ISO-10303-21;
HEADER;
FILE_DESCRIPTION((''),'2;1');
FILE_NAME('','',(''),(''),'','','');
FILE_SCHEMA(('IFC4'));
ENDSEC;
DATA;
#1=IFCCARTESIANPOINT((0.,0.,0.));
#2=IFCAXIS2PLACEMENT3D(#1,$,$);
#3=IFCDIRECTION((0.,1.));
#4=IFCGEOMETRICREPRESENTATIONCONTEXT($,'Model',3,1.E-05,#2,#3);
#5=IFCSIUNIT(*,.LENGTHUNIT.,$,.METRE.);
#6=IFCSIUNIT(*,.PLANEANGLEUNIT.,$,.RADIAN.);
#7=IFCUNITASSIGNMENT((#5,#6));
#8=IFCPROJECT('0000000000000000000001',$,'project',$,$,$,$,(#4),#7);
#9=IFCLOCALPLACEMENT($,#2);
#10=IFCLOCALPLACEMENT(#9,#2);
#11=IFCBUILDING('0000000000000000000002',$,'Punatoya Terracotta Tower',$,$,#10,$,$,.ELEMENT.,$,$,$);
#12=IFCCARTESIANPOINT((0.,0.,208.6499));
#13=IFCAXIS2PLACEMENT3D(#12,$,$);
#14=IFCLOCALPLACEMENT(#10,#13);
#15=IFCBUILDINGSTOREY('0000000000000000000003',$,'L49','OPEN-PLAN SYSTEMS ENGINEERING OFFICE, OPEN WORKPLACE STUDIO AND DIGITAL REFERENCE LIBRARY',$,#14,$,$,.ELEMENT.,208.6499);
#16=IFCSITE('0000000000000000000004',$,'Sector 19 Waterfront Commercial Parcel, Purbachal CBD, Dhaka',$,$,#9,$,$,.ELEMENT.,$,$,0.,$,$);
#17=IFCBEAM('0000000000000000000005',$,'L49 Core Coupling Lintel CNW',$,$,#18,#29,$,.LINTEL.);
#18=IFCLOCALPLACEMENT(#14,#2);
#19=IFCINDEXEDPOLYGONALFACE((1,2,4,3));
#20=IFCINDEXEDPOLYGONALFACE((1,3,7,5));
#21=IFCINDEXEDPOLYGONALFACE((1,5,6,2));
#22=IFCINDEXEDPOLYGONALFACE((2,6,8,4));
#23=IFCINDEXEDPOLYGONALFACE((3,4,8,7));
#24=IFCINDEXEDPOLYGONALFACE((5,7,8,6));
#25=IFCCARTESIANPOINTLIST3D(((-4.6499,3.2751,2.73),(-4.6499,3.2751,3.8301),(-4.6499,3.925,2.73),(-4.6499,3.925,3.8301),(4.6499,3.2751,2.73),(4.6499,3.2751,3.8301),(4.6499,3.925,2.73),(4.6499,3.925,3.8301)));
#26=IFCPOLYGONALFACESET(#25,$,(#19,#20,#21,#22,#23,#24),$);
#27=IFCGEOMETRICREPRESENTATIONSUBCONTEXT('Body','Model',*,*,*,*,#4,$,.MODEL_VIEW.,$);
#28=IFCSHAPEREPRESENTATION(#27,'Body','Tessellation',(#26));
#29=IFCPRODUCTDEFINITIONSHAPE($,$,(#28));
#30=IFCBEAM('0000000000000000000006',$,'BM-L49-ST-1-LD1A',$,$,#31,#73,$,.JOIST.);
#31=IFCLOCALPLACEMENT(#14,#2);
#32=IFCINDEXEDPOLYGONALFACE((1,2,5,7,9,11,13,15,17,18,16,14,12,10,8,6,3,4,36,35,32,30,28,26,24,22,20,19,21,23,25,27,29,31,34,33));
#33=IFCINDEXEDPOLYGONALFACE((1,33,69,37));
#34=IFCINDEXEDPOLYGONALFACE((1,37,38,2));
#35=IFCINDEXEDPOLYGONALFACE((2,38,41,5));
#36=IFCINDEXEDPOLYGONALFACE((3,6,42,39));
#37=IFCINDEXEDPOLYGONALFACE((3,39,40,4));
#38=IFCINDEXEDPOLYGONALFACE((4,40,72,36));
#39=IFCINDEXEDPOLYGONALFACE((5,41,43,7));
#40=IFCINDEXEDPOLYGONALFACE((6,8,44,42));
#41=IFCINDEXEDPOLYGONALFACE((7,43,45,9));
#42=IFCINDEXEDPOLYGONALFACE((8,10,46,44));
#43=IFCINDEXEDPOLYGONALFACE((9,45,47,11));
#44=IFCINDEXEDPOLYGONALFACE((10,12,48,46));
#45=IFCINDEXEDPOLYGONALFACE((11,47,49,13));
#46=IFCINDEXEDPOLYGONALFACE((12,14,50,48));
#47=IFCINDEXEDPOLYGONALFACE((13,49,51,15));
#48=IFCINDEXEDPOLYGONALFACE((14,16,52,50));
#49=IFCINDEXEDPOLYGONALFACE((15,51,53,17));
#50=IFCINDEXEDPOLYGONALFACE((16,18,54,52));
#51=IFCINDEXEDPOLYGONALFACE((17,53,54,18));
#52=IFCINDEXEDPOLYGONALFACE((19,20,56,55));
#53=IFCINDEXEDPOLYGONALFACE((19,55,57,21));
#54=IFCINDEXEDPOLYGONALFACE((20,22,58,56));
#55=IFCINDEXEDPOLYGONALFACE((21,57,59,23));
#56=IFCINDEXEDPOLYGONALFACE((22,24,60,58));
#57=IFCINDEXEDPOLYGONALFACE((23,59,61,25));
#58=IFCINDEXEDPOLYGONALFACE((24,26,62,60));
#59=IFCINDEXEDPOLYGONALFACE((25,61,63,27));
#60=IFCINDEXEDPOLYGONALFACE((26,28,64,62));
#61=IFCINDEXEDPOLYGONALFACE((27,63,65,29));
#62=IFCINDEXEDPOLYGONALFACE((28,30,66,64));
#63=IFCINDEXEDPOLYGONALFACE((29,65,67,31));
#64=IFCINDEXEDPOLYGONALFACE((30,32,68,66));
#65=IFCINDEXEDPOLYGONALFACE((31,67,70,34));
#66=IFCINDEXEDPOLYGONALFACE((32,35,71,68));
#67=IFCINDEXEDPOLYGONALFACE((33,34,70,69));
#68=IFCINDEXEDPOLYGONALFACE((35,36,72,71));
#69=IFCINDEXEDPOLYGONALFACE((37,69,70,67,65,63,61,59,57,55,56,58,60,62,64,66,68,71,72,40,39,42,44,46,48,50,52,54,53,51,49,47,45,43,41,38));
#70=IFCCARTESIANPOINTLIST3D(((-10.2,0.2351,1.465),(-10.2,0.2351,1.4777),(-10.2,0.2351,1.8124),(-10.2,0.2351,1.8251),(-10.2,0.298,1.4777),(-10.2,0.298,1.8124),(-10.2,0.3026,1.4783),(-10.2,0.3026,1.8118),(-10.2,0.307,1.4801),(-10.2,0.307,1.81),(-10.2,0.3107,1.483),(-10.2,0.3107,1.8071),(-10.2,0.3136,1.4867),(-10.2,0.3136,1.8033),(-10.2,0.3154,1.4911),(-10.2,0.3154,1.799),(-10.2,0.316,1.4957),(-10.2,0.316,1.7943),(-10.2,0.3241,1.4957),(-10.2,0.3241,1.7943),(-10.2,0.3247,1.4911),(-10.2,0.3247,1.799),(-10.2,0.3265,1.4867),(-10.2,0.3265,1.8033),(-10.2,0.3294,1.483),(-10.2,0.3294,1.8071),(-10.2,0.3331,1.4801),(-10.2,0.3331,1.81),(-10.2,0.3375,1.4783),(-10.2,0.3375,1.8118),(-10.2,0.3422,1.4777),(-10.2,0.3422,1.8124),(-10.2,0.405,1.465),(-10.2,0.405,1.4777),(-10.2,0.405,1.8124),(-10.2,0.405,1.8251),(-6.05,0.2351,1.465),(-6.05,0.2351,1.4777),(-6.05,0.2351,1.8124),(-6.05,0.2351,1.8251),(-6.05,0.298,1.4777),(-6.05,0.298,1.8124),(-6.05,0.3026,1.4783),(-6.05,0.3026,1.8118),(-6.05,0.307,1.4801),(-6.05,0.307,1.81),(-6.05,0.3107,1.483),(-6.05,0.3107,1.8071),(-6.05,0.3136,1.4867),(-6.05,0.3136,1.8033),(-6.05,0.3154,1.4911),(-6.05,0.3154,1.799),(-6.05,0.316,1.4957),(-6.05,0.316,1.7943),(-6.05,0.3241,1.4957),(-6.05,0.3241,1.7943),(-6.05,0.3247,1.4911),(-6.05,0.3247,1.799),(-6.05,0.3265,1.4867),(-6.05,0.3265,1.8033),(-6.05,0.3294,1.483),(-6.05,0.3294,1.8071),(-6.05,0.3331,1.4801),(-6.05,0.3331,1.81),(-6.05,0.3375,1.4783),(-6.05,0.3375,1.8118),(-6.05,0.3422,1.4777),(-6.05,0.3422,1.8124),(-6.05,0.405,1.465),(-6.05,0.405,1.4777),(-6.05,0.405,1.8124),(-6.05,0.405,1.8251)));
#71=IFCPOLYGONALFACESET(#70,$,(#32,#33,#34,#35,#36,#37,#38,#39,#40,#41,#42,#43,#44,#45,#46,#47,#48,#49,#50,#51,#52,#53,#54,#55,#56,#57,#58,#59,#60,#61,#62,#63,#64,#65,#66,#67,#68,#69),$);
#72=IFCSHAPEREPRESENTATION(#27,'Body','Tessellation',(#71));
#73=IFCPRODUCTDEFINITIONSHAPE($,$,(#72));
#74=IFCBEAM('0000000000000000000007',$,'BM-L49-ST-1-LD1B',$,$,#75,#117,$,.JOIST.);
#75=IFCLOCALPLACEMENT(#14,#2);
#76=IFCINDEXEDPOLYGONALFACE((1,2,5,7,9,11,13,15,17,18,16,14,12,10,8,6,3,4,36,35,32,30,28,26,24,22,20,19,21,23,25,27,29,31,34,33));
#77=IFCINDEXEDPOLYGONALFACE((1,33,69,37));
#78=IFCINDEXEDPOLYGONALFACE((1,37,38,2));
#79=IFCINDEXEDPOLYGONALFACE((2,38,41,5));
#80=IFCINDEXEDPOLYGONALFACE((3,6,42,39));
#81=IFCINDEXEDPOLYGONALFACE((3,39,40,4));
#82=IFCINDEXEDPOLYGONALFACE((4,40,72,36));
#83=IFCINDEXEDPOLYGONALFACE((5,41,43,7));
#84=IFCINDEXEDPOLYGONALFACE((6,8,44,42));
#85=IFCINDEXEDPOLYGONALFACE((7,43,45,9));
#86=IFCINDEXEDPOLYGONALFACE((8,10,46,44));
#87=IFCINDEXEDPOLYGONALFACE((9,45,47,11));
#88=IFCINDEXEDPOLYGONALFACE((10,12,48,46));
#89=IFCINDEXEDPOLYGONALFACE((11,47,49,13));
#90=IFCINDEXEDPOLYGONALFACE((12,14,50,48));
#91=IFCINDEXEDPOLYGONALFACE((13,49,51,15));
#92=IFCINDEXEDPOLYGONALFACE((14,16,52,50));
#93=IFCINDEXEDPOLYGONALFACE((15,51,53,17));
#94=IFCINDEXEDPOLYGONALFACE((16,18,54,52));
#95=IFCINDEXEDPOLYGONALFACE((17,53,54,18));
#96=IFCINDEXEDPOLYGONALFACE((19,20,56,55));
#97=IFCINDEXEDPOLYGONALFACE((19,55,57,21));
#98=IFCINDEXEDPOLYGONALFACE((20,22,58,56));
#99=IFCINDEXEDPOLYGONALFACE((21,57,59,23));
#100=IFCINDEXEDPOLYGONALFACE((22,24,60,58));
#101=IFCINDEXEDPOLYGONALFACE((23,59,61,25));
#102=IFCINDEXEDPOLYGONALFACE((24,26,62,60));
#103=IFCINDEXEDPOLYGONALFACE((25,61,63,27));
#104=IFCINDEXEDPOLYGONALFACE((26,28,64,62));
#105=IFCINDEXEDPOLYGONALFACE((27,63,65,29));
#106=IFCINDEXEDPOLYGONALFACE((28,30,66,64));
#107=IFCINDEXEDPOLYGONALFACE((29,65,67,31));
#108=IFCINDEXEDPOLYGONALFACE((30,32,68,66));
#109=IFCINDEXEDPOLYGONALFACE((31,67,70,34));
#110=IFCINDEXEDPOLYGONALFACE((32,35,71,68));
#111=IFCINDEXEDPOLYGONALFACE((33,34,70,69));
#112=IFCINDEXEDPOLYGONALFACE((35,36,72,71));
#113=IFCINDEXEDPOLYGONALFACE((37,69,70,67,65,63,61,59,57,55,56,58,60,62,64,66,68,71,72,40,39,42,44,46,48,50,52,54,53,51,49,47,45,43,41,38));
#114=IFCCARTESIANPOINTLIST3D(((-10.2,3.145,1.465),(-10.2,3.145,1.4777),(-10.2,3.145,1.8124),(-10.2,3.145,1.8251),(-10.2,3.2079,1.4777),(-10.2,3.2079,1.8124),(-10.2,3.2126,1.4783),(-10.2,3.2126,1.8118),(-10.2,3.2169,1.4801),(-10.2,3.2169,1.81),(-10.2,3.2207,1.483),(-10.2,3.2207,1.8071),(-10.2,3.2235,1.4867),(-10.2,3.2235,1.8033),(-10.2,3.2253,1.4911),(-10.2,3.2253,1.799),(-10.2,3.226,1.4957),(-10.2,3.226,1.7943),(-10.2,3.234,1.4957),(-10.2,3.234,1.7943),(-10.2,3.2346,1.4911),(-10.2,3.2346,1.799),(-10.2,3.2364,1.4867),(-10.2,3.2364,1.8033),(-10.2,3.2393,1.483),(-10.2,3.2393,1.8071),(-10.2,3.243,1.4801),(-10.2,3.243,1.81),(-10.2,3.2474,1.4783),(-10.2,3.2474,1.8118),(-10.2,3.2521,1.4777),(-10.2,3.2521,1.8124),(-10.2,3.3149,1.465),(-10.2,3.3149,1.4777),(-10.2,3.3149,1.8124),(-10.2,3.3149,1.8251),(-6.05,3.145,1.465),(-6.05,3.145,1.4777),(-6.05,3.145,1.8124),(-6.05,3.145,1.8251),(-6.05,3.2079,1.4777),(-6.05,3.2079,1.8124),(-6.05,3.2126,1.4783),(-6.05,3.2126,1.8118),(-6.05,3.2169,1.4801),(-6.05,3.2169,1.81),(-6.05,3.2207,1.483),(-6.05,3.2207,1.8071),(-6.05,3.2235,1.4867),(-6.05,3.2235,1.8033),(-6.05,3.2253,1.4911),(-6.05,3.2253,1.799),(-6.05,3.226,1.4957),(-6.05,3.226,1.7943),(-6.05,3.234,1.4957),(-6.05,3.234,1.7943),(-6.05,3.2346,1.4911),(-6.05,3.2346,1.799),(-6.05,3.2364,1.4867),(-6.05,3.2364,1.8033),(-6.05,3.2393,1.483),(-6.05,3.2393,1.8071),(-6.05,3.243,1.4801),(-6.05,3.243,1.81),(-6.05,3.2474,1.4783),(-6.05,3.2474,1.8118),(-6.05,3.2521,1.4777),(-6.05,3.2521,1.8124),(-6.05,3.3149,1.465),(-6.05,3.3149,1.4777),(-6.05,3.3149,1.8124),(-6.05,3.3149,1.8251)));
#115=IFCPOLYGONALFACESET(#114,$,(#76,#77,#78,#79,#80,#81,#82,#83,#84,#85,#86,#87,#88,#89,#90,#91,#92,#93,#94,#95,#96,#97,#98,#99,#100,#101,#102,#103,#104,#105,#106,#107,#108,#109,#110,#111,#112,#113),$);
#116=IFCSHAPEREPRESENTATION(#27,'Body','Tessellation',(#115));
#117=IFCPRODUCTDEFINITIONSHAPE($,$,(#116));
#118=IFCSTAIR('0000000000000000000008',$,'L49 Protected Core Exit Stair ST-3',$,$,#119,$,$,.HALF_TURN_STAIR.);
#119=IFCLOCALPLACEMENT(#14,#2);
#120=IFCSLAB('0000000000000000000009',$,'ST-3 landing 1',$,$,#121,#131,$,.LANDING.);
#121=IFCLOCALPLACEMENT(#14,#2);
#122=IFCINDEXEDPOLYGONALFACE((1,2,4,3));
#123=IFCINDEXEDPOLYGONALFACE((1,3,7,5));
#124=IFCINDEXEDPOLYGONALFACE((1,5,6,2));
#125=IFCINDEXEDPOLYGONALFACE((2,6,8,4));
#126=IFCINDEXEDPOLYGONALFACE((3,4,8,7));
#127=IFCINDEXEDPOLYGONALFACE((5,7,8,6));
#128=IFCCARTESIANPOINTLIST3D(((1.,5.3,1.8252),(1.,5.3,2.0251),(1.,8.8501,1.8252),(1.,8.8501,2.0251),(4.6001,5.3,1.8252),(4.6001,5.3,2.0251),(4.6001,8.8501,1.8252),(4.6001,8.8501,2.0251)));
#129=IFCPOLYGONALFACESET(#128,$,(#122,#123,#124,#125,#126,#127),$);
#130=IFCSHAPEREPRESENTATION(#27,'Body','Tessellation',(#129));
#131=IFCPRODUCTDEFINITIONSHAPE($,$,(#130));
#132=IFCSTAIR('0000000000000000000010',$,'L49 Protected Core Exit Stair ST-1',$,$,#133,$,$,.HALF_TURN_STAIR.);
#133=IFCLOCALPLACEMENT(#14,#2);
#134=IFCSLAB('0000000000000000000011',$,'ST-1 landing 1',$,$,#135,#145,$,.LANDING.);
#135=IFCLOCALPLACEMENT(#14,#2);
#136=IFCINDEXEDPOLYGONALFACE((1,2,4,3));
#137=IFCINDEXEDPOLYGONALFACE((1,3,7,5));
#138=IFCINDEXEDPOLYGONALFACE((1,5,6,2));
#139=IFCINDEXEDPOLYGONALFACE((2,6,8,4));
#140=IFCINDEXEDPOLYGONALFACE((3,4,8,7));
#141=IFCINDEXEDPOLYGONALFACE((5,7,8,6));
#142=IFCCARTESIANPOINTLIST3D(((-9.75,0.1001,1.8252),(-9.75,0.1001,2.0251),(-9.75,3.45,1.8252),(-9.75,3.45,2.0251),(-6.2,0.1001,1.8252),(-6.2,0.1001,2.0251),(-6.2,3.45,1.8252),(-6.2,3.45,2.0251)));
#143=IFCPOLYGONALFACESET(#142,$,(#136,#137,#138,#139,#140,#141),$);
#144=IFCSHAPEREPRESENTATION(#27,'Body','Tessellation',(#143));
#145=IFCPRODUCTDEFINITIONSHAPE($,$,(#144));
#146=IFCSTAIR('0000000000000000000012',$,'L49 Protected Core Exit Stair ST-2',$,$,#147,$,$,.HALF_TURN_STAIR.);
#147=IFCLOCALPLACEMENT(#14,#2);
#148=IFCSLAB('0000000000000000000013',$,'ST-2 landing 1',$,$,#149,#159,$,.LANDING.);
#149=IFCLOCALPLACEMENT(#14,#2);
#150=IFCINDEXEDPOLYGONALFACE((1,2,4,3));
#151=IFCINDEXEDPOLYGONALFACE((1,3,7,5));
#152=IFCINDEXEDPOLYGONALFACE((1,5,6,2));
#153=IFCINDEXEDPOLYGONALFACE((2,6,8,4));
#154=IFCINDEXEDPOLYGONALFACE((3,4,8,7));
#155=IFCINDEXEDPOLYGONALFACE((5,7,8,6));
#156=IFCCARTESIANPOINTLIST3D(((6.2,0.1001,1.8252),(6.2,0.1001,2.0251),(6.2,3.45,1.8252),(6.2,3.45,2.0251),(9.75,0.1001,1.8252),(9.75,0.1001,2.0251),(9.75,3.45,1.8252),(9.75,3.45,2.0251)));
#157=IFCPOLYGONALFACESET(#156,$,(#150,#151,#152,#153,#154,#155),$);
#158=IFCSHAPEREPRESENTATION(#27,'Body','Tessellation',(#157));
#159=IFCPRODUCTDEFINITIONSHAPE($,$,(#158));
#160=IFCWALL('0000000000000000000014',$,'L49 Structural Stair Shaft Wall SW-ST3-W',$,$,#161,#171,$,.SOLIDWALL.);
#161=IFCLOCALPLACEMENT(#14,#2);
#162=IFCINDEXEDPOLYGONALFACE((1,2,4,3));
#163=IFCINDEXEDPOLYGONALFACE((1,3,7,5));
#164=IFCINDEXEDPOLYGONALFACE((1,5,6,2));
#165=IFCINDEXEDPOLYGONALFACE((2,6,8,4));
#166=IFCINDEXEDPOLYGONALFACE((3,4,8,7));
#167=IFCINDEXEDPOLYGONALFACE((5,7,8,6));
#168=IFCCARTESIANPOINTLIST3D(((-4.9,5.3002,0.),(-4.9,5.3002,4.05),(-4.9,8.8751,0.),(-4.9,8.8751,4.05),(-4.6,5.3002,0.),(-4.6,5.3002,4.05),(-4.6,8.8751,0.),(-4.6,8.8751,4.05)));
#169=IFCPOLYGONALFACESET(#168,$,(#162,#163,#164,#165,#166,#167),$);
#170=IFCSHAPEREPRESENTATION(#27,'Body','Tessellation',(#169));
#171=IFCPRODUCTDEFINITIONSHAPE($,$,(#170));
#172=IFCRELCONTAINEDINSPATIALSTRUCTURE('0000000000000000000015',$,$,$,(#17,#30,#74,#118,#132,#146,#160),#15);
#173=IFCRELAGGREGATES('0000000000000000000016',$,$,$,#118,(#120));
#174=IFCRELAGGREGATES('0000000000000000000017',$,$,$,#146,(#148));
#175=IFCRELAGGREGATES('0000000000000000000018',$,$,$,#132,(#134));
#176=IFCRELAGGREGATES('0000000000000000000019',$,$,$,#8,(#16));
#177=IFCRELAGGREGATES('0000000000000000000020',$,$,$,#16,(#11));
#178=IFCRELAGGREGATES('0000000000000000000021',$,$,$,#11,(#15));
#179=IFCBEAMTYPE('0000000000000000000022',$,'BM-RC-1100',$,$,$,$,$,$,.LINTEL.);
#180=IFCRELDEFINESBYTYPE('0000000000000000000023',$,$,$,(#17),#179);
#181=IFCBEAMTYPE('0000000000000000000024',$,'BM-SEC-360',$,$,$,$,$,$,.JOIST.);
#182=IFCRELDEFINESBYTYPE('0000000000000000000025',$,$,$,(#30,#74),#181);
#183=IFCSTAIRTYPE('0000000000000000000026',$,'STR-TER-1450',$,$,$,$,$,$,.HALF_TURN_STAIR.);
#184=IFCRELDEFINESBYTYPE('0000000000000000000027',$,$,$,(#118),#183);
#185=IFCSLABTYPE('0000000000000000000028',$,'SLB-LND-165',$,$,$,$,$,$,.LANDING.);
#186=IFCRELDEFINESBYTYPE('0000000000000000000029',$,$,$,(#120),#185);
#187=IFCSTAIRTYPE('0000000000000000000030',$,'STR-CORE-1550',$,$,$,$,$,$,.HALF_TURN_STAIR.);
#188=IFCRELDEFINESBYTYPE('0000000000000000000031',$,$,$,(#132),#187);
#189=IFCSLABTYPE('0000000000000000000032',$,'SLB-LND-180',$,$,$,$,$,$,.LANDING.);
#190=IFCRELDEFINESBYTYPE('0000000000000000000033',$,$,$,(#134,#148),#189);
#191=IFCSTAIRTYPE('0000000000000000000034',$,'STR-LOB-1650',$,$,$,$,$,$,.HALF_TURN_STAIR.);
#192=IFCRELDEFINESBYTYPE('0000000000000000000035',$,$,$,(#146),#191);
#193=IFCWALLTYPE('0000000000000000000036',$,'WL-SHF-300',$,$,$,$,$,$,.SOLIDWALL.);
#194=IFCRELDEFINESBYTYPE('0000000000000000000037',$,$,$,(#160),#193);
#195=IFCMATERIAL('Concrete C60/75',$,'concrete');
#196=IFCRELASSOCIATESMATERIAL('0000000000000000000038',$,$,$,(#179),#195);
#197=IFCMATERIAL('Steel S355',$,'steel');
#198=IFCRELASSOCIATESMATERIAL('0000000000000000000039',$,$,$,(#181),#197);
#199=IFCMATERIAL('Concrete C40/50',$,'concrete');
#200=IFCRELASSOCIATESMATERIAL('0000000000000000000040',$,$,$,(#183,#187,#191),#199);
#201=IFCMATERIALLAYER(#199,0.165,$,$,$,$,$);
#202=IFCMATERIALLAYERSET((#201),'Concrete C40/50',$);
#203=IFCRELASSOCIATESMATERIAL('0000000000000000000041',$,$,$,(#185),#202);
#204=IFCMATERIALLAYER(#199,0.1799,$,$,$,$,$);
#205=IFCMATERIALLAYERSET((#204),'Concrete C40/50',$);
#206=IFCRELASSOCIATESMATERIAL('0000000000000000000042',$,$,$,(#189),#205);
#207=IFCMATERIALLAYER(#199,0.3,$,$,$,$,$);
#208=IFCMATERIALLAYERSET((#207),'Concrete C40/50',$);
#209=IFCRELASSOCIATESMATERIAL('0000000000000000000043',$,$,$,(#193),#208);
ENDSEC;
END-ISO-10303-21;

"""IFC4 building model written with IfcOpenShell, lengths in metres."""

from ifc_helpers import new_model, si_unit, direction, frame, frame_2d, origin, origin_2d, place, context, subcontext, project, spatial, polyline, rectangle, i_section, outline, extrude, material, layer, layer_set, material_profile, profile_set, type_object, element, aggregate, save


model = new_model("IFC4")

# Units and contexts
model_context = context("Model", 3, precision=1e-05, world=origin(), true_north=direction((0.0, 1.0)))
body_context = subcontext(model_context, "Body", "Model", "MODEL_VIEW")
ifc_project = project(units=[si_unit("LENGTHUNIT", "METRE"), si_unit("PLANEANGLEUNIT", "RADIAN")], contexts=[model_context])

# Site, building, storey
site_placement = place(None, origin())
site = spatial("IfcSite", under=ifc_project, at=site_placement, Name="Sector 19 Waterfront Commercial Parcel, Purbachal CBD, Dhaka", CompositionType="ELEMENT", RefElevation=0.0)
building_placement = place(site_placement, origin())
building = spatial("IfcBuilding", under=site, at=building_placement, Name="Punatoya Terracotta Tower", CompositionType="ELEMENT")
storey_placement = place(building_placement, frame((0.0, 0.0, 208.6499)))
storey = spatial("IfcBuildingStorey", under=building, at=storey_placement, Name="L49", Description="OPEN-PLAN SYSTEMS ENGINEERING OFFICE, OPEN WORKPLACE STUDIO AND DIGITAL REFERENCE LIBRARY", CompositionType="ELEMENT", Elevation=208.6499)

# Beams
ifc_material_1 = material(Name="Concrete C60/75", Category="concrete")
ifc_material_profile_1 = material_profile(ifc_material_1, rectangle(XDim=0.6499, YDim=1.1001, at=origin_2d()))
ifc_profile_set_1 = profile_set([ifc_material_profile_1], Name="Concrete C60/75")
beam_type_1 = type_object("IfcBeamType", Name="BM-RC-1100", PredefinedType="LINTEL", material=ifc_profile_set_1)
beam_placement = place(storey_placement, frame((-4.6499, 3.6001, 3.28), z_axis=(1.0, 0.0, 0.0), x_axis=(0.0, 1.0, 0.0)))
element("IfcBeam", 1, at=beam_placement, inside=storey, type_object=beam_type_1, Name="L49 Core Coupling Lintel CNW", PredefinedType="LINTEL", context=body_context, shape_type="SweptSolid", body=[
    extrude(rectangle(XDim=0.6499, YDim=1.1001, at=origin_2d()), origin(), (0.0, 0.0, 1.0), 9.2998),
])
ifc_material_2 = material(Name="Steel S355", Category="steel")
ifc_material_profile_2 = material_profile(ifc_material_2, i_section(OverallWidth=0.1699, OverallDepth=0.3601, WebThickness=0.0081, FlangeThickness=0.0127, FilletRadius=0.0181, at=origin_2d()))
ifc_profile_set_2 = profile_set([ifc_material_profile_2], Name="Steel S355")
beam_type_2 = type_object("IfcBeamType", Name="BM-SEC-360", PredefinedType="JOIST", material=ifc_profile_set_2)
for number, where, z_axis, x_axis, name in (
    (2, (-10.2, 0.3201, 1.645), (1.0, 0.0, 0.0), (0.0, 1.0, 0.0), "BM-L49-ST-1-LD1A"),
    (3, (-10.2, 3.23, 1.645), (1.0, 0.0, 0.0), (0.0, 1.0, 0.0), "BM-L49-ST-1-LD1B"),
):
    element("IfcBeam", number, at=place(storey_placement, frame(where, z_axis=z_axis, x_axis=x_axis)), inside=storey, type_object=beam_type_2, Name=name, PredefinedType="JOIST", context=body_context, shape_type="SweptSolid", body=[
        extrude(i_section(OverallWidth=0.1699, OverallDepth=0.3601, WebThickness=0.0081, FlangeThickness=0.0127, FilletRadius=0.0181, at=origin_2d()), origin(), (0.0, 0.0, 1.0), 4.1499),
    ])

# Stairs, slabs
ifc_material_3 = material(Name="Concrete C40/50", Category="concrete")
stair_type_1 = type_object("IfcStairType", Name="STR-TER-1450", PredefinedType="HALF_TURN_STAIR", material=ifc_material_3)
stair_1_placement = place(storey_placement, origin())
stair_1 = element("IfcStair", 4, at=stair_1_placement, inside=storey, type_object=stair_type_1, Name="L49 Protected Core Exit Stair ST-3", PredefinedType="HALF_TURN_STAIR")
ifc_layer_1 = layer(ifc_material_3, 0.165)
ifc_layer_set_1 = layer_set([ifc_layer_1], Name="Concrete C40/50")
slab_type_1 = type_object("IfcSlabType", Name="SLB-LND-165", PredefinedType="LANDING", material=ifc_layer_set_1)
slab_1_placement = place(storey_placement, frame((0.0, 0.0, 1.8252)))
slab_1 = element("IfcSlab", 5, at=slab_1_placement, type_object=slab_type_1, Name="ST-3 landing 1", PredefinedType="LANDING", context=body_context, shape_type="SweptSolid", body=[
    extrude(outline(polyline([(1.0, 5.3), (4.6001, 5.3), (4.6001, 8.8501), (1.0, 8.8501), (1.0, 5.3)])), origin(), (0.0, 0.0, 1.0), 0.2),
])
aggregate(stair_1, [slab_1])
stair_type_2 = type_object("IfcStairType", Name="STR-CORE-1550", PredefinedType="HALF_TURN_STAIR", material=ifc_material_3)
stair_2_placement = place(storey_placement, origin())
stair_2 = element("IfcStair", 6, at=stair_2_placement, inside=storey, type_object=stair_type_2, Name="L49 Protected Core Exit Stair ST-1", PredefinedType="HALF_TURN_STAIR")
ifc_layer_2 = layer(ifc_material_3, 0.1799)
ifc_layer_set_2 = layer_set([ifc_layer_2], Name="Concrete C40/50")
slab_type_2 = type_object("IfcSlabType", Name="SLB-LND-180", PredefinedType="LANDING", material=ifc_layer_set_2)
slab_2_placement = place(storey_placement, frame((0.0, 0.0, 1.8252)))
slab_2 = element("IfcSlab", 7, at=slab_2_placement, type_object=slab_type_2, Name="ST-1 landing 1", PredefinedType="LANDING", context=body_context, shape_type="SweptSolid", body=[
    extrude(outline(polyline([(-6.2, 0.1001), (-6.2, 3.45), (-9.75, 3.45), (-9.75, 0.1001), (-6.2, 0.1001)])), origin(), (0.0, 0.0, 1.0), 0.2),
])
stair_type_3 = type_object("IfcStairType", Name="STR-LOB-1650", PredefinedType="HALF_TURN_STAIR", material=ifc_material_3)
stair_3_placement = place(storey_placement, origin())
stair_3 = element("IfcStair", 8, at=stair_3_placement, inside=storey, type_object=stair_type_3, Name="L49 Protected Core Exit Stair ST-2", PredefinedType="HALF_TURN_STAIR")
slab_3_placement = place(storey_placement, frame((0.0, 0.0, 1.8252)))
slab_3 = element("IfcSlab", 9, at=slab_3_placement, type_object=slab_type_2, Name="ST-2 landing 1", PredefinedType="LANDING", context=body_context, shape_type="SweptSolid", body=[
    extrude(outline(polyline([(9.75, 0.1001), (9.75, 3.45), (6.2, 3.45), (6.2, 0.1001), (9.75, 0.1001)])), origin(), (0.0, 0.0, 1.0), 0.2),
])
aggregate(stair_3, [slab_3])

# Wall
ifc_layer_3 = layer(ifc_material_3, 0.3)
ifc_layer_set_3 = layer_set([ifc_layer_3], Name="Concrete C40/50")
wall_type_1 = type_object("IfcWallType", Name="WL-SHF-300", PredefinedType="SOLIDWALL", material=ifc_layer_set_3)
wall_1_placement = place(storey_placement, frame((-4.75, 5.3, 0.0), z_axis=(0.0, 0.0, 1.0), x_axis=(0.0, 1.0, 0.0)))
element("IfcWall", 10, at=wall_1_placement, inside=storey, type_object=wall_type_1, Name="L49 Structural Stair Shaft Wall SW-ST3-W", PredefinedType="SOLIDWALL", context=body_context, shape_type="SweptSolid", body=[
    extrude(rectangle(XDim=3.575, YDim=0.3, at=frame_2d((1.7876, 0.0))), origin(), (0.0, 0.0, 1.0), 4.05),
])

aggregate(stair_2, [slab_2])

save(model, "model.ifc")
